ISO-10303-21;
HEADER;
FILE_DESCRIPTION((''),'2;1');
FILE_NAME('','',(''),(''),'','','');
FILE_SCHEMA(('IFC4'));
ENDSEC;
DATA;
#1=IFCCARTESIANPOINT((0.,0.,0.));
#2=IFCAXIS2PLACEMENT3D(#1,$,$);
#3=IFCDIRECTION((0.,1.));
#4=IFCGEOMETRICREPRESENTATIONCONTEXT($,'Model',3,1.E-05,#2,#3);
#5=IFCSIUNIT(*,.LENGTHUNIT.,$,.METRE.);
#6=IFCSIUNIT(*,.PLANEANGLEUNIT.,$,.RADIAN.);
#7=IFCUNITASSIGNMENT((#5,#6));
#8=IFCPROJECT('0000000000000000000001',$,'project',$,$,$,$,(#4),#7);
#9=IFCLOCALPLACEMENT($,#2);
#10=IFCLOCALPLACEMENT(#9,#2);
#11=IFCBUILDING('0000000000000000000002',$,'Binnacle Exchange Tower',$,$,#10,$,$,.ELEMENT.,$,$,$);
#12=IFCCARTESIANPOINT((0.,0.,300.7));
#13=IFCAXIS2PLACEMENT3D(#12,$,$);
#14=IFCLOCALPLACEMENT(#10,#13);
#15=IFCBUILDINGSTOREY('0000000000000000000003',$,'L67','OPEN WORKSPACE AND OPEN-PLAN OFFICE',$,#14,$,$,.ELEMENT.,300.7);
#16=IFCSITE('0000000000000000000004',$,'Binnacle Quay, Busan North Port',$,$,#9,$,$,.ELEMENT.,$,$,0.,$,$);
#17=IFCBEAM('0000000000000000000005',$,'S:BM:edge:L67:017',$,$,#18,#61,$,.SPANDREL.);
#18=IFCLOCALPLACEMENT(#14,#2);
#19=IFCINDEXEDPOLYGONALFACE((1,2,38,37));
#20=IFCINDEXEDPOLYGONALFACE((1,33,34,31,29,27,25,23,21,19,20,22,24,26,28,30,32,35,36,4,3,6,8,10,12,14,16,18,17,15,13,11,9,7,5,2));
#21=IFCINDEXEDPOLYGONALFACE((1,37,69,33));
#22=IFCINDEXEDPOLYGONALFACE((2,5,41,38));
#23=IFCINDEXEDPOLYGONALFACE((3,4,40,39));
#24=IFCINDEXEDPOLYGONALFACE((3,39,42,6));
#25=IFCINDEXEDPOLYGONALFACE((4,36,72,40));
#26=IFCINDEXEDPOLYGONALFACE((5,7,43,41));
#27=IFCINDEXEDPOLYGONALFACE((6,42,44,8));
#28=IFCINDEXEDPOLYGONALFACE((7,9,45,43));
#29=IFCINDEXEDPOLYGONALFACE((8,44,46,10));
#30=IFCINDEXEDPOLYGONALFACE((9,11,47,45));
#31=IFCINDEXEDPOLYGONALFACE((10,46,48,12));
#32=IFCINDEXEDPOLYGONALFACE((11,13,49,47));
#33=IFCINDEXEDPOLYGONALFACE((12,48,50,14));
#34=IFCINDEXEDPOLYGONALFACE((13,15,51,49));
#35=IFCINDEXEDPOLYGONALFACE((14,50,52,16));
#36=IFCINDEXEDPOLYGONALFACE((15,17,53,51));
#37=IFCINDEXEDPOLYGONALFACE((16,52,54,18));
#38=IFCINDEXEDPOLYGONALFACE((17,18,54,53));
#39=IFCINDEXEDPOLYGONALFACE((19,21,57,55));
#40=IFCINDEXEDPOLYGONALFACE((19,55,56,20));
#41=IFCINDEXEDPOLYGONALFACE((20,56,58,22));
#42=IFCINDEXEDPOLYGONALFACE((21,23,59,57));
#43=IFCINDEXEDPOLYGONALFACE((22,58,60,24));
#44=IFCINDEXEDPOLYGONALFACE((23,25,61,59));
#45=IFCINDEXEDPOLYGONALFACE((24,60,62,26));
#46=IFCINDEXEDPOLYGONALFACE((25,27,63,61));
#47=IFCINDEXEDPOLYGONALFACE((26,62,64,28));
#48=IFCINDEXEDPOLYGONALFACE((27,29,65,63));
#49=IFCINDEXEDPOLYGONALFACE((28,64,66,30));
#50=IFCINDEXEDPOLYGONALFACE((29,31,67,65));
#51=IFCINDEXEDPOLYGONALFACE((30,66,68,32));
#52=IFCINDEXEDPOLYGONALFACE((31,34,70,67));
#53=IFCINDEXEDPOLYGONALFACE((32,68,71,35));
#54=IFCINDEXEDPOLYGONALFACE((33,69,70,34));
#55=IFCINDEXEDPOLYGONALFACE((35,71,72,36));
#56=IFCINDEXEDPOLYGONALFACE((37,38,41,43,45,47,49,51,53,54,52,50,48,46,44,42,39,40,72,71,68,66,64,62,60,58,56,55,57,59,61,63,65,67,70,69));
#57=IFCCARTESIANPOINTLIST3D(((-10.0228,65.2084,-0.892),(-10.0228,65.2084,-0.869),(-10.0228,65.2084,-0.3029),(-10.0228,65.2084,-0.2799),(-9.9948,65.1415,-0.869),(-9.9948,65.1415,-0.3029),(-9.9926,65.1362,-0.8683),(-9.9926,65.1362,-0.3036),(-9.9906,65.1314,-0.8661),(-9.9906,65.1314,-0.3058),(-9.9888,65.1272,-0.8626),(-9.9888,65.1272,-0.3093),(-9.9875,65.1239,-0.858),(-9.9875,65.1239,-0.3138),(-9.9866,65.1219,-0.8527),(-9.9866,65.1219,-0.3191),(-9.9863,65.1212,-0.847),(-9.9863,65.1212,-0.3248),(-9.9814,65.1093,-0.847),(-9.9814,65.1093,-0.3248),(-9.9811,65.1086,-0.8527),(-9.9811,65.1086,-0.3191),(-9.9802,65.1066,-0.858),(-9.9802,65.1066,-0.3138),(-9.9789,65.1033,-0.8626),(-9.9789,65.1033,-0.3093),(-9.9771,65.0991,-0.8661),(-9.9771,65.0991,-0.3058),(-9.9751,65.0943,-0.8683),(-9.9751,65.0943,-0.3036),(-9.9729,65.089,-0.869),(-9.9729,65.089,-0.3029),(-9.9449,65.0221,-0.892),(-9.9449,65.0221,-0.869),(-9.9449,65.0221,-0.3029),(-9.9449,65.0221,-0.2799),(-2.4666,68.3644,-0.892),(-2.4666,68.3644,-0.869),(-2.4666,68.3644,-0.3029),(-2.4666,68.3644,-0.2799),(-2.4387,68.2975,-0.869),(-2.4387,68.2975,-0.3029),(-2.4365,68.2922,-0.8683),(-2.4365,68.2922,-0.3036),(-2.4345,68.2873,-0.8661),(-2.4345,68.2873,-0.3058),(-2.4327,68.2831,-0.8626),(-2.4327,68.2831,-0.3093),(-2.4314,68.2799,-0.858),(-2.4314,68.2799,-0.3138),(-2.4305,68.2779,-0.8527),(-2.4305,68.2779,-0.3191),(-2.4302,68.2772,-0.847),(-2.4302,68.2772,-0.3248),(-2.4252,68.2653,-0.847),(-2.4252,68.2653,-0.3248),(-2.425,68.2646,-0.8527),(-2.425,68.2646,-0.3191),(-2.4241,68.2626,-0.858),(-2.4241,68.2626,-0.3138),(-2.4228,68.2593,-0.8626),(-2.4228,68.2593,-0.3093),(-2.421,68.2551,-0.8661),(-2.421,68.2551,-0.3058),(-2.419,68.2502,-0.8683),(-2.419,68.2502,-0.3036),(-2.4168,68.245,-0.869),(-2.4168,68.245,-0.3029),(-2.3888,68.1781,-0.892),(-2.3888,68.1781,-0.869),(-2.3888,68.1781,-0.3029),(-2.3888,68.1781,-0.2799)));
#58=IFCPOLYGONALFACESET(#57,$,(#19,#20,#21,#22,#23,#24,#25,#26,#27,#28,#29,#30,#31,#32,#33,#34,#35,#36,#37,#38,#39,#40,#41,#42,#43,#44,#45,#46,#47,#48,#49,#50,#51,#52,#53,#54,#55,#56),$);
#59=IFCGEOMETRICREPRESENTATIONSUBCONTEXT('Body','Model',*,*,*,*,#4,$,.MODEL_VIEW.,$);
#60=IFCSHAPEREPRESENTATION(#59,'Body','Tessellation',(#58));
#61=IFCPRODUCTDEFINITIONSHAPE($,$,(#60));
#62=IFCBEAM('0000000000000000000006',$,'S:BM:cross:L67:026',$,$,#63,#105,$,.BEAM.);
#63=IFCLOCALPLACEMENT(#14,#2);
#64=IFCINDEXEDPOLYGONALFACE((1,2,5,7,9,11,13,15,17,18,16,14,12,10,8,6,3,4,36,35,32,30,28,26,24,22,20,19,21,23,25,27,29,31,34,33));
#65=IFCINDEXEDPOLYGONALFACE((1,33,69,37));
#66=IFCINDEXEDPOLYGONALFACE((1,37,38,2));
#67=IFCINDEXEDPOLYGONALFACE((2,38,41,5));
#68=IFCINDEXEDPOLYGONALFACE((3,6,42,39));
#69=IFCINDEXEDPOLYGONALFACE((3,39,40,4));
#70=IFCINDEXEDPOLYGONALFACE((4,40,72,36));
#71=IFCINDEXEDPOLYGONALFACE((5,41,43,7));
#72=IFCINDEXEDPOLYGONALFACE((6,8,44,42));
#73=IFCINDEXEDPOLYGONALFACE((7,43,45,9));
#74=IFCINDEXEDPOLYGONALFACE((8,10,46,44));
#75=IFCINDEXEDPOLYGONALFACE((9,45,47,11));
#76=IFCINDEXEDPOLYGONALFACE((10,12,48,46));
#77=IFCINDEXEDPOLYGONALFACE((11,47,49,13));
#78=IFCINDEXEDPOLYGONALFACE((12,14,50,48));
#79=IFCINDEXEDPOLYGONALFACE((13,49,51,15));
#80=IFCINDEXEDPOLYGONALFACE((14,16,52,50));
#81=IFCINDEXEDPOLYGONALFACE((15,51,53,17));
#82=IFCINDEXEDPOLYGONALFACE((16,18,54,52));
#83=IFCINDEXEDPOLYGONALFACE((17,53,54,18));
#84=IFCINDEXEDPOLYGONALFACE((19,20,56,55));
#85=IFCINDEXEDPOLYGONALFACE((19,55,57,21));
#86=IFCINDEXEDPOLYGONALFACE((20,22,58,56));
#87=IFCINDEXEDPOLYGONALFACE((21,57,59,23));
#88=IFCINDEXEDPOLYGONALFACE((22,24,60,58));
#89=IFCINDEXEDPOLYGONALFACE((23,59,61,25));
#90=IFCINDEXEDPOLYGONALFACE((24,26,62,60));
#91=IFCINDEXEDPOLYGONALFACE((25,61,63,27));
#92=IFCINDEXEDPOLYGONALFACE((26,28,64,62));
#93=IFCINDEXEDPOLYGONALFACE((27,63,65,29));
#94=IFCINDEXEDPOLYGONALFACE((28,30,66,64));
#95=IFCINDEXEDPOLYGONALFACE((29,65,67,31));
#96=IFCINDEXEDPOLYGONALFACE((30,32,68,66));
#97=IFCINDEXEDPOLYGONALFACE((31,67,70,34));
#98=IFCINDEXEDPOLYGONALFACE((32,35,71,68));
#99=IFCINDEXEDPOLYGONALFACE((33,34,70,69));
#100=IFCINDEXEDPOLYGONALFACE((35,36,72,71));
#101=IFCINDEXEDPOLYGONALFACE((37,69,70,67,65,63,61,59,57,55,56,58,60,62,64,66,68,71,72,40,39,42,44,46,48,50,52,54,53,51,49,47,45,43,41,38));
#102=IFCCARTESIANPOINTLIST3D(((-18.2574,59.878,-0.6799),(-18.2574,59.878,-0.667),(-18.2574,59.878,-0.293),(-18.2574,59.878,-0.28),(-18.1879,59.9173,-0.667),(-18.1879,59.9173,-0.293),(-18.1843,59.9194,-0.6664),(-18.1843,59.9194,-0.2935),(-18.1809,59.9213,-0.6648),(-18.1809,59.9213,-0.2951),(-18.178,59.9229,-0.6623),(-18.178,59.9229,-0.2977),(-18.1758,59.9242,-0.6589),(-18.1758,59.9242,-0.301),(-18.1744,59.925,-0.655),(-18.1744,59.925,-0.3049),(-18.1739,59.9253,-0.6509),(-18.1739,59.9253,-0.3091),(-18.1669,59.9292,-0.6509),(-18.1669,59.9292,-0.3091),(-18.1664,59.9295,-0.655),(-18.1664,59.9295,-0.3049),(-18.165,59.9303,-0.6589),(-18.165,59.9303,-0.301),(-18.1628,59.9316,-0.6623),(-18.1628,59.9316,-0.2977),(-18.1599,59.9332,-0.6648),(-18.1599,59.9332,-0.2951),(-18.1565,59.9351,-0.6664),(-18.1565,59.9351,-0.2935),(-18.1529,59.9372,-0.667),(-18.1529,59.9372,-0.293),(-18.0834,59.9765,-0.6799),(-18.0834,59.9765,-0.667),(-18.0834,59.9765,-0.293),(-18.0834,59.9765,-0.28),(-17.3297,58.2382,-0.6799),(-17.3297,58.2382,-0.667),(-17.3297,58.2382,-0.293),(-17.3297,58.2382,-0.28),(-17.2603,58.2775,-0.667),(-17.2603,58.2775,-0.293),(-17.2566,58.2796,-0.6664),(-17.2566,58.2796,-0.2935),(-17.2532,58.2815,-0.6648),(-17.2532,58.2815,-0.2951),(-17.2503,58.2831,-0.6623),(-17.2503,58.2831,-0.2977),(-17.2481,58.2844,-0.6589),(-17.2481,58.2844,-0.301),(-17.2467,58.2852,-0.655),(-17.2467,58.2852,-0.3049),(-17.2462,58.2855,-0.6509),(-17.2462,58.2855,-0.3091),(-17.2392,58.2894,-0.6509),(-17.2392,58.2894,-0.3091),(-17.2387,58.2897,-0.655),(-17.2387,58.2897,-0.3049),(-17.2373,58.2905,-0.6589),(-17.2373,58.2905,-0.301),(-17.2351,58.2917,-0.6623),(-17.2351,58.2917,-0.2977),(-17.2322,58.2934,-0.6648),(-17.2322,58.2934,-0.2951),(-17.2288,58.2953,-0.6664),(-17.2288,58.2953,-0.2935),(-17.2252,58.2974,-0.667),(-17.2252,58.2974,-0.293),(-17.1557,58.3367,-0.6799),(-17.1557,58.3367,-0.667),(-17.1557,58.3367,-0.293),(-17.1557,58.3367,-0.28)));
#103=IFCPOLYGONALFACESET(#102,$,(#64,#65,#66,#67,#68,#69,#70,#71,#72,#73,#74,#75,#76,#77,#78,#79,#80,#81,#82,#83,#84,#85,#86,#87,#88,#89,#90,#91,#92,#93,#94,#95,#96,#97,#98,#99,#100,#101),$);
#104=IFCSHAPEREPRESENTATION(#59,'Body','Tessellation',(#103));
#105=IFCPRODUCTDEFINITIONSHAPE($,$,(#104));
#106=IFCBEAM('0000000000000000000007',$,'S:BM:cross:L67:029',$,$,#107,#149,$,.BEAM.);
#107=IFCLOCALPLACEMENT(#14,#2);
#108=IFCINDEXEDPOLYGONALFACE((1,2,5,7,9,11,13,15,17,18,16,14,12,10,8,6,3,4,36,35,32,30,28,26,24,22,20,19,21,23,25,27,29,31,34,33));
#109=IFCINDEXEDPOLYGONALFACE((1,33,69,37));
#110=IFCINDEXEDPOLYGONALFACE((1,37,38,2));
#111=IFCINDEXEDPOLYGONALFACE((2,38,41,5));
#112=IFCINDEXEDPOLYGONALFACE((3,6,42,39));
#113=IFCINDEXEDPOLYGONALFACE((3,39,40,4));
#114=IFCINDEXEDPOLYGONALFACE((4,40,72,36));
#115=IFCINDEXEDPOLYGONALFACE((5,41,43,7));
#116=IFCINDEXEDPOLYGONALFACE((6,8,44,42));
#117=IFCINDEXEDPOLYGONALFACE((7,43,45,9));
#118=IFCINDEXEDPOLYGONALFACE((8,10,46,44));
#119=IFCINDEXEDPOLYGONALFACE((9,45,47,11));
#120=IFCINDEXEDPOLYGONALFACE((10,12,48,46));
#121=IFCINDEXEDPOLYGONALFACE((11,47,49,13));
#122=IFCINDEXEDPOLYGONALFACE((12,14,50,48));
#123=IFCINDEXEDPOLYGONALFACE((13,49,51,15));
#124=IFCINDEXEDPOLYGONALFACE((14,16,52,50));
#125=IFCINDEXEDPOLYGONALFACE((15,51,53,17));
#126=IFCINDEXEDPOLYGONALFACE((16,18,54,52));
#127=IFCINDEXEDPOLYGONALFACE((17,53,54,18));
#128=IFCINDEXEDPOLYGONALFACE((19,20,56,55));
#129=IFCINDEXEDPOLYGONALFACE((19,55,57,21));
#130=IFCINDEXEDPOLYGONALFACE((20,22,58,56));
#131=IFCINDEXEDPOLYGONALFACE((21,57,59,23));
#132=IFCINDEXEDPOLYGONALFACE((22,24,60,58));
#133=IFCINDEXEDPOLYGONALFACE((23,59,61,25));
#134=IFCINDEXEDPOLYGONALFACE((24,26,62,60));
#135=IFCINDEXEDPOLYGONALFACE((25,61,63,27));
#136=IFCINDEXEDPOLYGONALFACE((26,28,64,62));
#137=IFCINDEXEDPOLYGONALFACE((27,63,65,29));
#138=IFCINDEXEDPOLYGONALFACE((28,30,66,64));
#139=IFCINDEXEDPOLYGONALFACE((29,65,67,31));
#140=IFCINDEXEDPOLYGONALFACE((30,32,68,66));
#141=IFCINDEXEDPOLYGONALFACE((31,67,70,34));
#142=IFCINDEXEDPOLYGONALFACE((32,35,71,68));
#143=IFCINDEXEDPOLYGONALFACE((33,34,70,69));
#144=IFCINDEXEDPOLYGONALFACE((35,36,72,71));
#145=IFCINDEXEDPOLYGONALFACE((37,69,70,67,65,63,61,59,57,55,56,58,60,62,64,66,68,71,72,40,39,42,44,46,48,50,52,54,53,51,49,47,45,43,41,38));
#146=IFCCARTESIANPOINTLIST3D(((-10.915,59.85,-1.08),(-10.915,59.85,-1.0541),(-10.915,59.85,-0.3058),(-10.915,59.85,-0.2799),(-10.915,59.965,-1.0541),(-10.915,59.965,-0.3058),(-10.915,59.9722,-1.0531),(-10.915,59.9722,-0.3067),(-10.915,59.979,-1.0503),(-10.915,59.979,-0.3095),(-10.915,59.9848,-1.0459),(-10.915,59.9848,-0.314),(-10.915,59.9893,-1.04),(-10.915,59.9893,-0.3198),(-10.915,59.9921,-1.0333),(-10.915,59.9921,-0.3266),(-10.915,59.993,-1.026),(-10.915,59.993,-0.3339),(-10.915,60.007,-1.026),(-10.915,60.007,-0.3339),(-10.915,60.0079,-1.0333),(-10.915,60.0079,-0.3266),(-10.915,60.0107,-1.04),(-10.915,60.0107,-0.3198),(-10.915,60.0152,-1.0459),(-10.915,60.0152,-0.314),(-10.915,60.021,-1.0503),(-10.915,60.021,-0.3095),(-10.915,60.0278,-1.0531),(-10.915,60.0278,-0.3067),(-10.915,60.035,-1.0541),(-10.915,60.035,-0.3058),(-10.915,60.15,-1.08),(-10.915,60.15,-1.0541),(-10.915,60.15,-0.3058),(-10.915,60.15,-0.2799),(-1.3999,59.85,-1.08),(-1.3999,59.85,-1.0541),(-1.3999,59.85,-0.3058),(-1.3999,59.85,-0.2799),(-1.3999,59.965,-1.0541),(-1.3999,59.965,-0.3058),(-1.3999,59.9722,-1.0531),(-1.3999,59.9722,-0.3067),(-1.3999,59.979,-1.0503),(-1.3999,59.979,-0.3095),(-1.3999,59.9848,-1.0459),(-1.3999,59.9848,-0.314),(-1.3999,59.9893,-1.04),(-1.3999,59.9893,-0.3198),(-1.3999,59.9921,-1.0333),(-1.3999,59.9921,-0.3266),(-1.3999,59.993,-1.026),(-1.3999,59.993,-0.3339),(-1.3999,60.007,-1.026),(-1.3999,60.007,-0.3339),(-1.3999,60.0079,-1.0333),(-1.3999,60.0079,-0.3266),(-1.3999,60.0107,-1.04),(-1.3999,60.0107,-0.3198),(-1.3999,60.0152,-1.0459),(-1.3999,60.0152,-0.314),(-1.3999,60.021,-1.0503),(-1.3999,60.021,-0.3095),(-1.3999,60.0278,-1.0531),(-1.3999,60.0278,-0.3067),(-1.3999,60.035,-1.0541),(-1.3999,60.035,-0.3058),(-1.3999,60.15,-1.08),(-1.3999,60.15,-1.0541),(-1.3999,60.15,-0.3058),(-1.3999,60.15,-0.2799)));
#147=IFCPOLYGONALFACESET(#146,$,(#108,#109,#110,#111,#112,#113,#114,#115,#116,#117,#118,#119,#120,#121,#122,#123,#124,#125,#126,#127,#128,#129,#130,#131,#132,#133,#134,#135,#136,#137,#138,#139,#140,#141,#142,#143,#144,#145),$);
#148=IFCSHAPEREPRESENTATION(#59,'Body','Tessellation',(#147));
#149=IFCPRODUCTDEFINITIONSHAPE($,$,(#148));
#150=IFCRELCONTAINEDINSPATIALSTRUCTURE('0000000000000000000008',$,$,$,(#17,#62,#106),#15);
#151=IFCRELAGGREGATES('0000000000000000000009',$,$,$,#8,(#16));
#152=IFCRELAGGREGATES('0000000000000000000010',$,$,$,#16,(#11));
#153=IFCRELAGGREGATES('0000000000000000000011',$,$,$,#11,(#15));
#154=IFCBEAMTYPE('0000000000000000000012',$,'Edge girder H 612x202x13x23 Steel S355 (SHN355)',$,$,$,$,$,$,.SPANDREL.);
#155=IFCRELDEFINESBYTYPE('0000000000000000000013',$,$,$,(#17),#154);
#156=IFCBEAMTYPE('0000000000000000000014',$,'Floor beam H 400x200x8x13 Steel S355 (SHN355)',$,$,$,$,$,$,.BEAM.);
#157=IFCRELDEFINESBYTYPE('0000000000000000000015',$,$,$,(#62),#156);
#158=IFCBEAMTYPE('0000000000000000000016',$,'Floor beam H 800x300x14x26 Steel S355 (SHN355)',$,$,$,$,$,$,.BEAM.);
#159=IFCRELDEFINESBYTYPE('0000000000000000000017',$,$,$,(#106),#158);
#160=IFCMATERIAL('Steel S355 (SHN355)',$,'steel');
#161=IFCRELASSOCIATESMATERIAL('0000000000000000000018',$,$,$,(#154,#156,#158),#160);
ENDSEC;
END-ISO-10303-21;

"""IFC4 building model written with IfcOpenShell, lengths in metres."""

from ifc_helpers import new_model, si_unit, direction, frame, origin, origin_2d, place, context, subcontext, project, spatial, i_section, extrude, material, material_profile, profile_set, type_object, element, save


model = new_model("IFC4")

# Units and contexts
model_context = context("Model", 3, precision=1e-05, world=origin(), true_north=direction((0.0, 1.0)))
body_context = subcontext(model_context, "Body", "Model", "MODEL_VIEW")
ifc_project = project(units=[si_unit("LENGTHUNIT", "METRE"), si_unit("PLANEANGLEUNIT", "RADIAN")], contexts=[model_context])

# Site, building, storey
site_placement = place(None, origin())
site = spatial("IfcSite", under=ifc_project, at=site_placement, Name="Binnacle Quay, Busan North Port", CompositionType="ELEMENT", RefElevation=0.0)
building_placement = place(site_placement, origin())
building = spatial("IfcBuilding", under=site, at=building_placement, Name="Binnacle Exchange Tower", CompositionType="ELEMENT")
storey_placement = place(building_placement, frame((0.0, 0.0, 300.7)))
storey = spatial("IfcBuildingStorey", under=building, at=storey_placement, Name="L67", Description="OPEN WORKSPACE AND OPEN-PLAN OFFICE", CompositionType="ELEMENT", Elevation=300.7)

# Beams
ifc_material_1 = material(Name="Steel S355 (SHN355)", Category="steel")
ifc_material_profile_1 = material_profile(ifc_material_1, i_section(OverallWidth=0.2019, OverallDepth=0.6121, WebThickness=0.0129, FlangeThickness=0.0229, FilletRadius=0.022, at=origin_2d()), Name="H 612x202x13x23")
ifc_profile_set_1 = profile_set([ifc_material_profile_1], Name="Steel S355 (SHN355)")
beam_type_1 = type_object("IfcBeamType", Name="Edge girder H 612x202x13x23 Steel S355 (SHN355)", PredefinedType="SPANDREL", material=ifc_profile_set_1)
beam_1_placement = place(storey_placement, frame((-2.4277, 68.2712, -0.5859), z_axis=(-0.922747, -0.385407, 0.0), x_axis=(0.385407, -0.922747, 0.0)))
element("IfcBeam", 1, at=beam_1_placement, inside=storey, type_object=beam_type_1, Name="S:BM:edge:L67:017", PredefinedType="SPANDREL", context=body_context, shape_type="SweptSolid", body=[
    extrude(i_section(OverallWidth=0.2019, OverallDepth=0.6121, WebThickness=0.0129, FlangeThickness=0.0229, FilletRadius=0.022, at=origin_2d()), origin(), (0.0, 0.0, 1.0), 8.1887),
])
ifc_material_profile_2 = material_profile(ifc_material_1, i_section(OverallWidth=0.2, OverallDepth=0.3999, WebThickness=0.0081, FlangeThickness=0.0129, FilletRadius=0.0161, at=origin_2d()), Name="H 400x200x8x13")
ifc_profile_set_2 = profile_set([ifc_material_profile_2], Name="Steel S355 (SHN355)")
beam_type_2 = type_object("IfcBeamType", Name="Floor beam H 400x200x8x13 Steel S355 (SHN355)", PredefinedType="BEAM", material=ifc_profile_set_2)
beam_2_placement = place(storey_placement, frame((-18.1704, 59.9272, -0.48), z_axis=(0.492395, -0.870372, 0.0), x_axis=(0.870372, 0.492395, 0.0)))
element("IfcBeam", 2, at=beam_2_placement, inside=storey, type_object=beam_type_2, Name="S:BM:cross:L67:026", PredefinedType="BEAM", context=body_context, shape_type="SweptSolid", body=[
    extrude(i_section(OverallWidth=0.2, OverallDepth=0.3999, WebThickness=0.0081, FlangeThickness=0.0129, FilletRadius=0.0161, at=origin_2d()), origin(), (0.0, 0.0, 1.0), 1.884),
])
ifc_material_profile_3 = material_profile(ifc_material_1, i_section(OverallWidth=0.3, OverallDepth=0.8, WebThickness=0.0139, FlangeThickness=0.0259, FilletRadius=0.0281, at=origin_2d()), Name="H 800x300x14x26")
ifc_profile_set_3 = profile_set([ifc_material_profile_3], Name="Steel S355 (SHN355)")
beam_type_3 = type_object("IfcBeamType", Name="Floor beam H 800x300x14x26 Steel S355 (SHN355)", PredefinedType="BEAM", material=ifc_profile_set_3)
beam_3_placement = place(storey_placement, frame((-1.3999, 60.0, -0.6799), z_axis=(-1.0, 0.0, 0.0), x_axis=(0.0, -1.0, 0.0)))
element("IfcBeam", 3, at=beam_3_placement, inside=storey, type_object=beam_type_3, Name="S:BM:cross:L67:029", PredefinedType="BEAM", context=body_context, shape_type="SweptSolid", body=[
    extrude(i_section(OverallWidth=0.3, OverallDepth=0.8, WebThickness=0.0139, FlangeThickness=0.0259, FilletRadius=0.0281, at=origin_2d()), origin(), (0.0, 0.0, 1.0), 9.5151),
])

save(model, "model.ifc")
